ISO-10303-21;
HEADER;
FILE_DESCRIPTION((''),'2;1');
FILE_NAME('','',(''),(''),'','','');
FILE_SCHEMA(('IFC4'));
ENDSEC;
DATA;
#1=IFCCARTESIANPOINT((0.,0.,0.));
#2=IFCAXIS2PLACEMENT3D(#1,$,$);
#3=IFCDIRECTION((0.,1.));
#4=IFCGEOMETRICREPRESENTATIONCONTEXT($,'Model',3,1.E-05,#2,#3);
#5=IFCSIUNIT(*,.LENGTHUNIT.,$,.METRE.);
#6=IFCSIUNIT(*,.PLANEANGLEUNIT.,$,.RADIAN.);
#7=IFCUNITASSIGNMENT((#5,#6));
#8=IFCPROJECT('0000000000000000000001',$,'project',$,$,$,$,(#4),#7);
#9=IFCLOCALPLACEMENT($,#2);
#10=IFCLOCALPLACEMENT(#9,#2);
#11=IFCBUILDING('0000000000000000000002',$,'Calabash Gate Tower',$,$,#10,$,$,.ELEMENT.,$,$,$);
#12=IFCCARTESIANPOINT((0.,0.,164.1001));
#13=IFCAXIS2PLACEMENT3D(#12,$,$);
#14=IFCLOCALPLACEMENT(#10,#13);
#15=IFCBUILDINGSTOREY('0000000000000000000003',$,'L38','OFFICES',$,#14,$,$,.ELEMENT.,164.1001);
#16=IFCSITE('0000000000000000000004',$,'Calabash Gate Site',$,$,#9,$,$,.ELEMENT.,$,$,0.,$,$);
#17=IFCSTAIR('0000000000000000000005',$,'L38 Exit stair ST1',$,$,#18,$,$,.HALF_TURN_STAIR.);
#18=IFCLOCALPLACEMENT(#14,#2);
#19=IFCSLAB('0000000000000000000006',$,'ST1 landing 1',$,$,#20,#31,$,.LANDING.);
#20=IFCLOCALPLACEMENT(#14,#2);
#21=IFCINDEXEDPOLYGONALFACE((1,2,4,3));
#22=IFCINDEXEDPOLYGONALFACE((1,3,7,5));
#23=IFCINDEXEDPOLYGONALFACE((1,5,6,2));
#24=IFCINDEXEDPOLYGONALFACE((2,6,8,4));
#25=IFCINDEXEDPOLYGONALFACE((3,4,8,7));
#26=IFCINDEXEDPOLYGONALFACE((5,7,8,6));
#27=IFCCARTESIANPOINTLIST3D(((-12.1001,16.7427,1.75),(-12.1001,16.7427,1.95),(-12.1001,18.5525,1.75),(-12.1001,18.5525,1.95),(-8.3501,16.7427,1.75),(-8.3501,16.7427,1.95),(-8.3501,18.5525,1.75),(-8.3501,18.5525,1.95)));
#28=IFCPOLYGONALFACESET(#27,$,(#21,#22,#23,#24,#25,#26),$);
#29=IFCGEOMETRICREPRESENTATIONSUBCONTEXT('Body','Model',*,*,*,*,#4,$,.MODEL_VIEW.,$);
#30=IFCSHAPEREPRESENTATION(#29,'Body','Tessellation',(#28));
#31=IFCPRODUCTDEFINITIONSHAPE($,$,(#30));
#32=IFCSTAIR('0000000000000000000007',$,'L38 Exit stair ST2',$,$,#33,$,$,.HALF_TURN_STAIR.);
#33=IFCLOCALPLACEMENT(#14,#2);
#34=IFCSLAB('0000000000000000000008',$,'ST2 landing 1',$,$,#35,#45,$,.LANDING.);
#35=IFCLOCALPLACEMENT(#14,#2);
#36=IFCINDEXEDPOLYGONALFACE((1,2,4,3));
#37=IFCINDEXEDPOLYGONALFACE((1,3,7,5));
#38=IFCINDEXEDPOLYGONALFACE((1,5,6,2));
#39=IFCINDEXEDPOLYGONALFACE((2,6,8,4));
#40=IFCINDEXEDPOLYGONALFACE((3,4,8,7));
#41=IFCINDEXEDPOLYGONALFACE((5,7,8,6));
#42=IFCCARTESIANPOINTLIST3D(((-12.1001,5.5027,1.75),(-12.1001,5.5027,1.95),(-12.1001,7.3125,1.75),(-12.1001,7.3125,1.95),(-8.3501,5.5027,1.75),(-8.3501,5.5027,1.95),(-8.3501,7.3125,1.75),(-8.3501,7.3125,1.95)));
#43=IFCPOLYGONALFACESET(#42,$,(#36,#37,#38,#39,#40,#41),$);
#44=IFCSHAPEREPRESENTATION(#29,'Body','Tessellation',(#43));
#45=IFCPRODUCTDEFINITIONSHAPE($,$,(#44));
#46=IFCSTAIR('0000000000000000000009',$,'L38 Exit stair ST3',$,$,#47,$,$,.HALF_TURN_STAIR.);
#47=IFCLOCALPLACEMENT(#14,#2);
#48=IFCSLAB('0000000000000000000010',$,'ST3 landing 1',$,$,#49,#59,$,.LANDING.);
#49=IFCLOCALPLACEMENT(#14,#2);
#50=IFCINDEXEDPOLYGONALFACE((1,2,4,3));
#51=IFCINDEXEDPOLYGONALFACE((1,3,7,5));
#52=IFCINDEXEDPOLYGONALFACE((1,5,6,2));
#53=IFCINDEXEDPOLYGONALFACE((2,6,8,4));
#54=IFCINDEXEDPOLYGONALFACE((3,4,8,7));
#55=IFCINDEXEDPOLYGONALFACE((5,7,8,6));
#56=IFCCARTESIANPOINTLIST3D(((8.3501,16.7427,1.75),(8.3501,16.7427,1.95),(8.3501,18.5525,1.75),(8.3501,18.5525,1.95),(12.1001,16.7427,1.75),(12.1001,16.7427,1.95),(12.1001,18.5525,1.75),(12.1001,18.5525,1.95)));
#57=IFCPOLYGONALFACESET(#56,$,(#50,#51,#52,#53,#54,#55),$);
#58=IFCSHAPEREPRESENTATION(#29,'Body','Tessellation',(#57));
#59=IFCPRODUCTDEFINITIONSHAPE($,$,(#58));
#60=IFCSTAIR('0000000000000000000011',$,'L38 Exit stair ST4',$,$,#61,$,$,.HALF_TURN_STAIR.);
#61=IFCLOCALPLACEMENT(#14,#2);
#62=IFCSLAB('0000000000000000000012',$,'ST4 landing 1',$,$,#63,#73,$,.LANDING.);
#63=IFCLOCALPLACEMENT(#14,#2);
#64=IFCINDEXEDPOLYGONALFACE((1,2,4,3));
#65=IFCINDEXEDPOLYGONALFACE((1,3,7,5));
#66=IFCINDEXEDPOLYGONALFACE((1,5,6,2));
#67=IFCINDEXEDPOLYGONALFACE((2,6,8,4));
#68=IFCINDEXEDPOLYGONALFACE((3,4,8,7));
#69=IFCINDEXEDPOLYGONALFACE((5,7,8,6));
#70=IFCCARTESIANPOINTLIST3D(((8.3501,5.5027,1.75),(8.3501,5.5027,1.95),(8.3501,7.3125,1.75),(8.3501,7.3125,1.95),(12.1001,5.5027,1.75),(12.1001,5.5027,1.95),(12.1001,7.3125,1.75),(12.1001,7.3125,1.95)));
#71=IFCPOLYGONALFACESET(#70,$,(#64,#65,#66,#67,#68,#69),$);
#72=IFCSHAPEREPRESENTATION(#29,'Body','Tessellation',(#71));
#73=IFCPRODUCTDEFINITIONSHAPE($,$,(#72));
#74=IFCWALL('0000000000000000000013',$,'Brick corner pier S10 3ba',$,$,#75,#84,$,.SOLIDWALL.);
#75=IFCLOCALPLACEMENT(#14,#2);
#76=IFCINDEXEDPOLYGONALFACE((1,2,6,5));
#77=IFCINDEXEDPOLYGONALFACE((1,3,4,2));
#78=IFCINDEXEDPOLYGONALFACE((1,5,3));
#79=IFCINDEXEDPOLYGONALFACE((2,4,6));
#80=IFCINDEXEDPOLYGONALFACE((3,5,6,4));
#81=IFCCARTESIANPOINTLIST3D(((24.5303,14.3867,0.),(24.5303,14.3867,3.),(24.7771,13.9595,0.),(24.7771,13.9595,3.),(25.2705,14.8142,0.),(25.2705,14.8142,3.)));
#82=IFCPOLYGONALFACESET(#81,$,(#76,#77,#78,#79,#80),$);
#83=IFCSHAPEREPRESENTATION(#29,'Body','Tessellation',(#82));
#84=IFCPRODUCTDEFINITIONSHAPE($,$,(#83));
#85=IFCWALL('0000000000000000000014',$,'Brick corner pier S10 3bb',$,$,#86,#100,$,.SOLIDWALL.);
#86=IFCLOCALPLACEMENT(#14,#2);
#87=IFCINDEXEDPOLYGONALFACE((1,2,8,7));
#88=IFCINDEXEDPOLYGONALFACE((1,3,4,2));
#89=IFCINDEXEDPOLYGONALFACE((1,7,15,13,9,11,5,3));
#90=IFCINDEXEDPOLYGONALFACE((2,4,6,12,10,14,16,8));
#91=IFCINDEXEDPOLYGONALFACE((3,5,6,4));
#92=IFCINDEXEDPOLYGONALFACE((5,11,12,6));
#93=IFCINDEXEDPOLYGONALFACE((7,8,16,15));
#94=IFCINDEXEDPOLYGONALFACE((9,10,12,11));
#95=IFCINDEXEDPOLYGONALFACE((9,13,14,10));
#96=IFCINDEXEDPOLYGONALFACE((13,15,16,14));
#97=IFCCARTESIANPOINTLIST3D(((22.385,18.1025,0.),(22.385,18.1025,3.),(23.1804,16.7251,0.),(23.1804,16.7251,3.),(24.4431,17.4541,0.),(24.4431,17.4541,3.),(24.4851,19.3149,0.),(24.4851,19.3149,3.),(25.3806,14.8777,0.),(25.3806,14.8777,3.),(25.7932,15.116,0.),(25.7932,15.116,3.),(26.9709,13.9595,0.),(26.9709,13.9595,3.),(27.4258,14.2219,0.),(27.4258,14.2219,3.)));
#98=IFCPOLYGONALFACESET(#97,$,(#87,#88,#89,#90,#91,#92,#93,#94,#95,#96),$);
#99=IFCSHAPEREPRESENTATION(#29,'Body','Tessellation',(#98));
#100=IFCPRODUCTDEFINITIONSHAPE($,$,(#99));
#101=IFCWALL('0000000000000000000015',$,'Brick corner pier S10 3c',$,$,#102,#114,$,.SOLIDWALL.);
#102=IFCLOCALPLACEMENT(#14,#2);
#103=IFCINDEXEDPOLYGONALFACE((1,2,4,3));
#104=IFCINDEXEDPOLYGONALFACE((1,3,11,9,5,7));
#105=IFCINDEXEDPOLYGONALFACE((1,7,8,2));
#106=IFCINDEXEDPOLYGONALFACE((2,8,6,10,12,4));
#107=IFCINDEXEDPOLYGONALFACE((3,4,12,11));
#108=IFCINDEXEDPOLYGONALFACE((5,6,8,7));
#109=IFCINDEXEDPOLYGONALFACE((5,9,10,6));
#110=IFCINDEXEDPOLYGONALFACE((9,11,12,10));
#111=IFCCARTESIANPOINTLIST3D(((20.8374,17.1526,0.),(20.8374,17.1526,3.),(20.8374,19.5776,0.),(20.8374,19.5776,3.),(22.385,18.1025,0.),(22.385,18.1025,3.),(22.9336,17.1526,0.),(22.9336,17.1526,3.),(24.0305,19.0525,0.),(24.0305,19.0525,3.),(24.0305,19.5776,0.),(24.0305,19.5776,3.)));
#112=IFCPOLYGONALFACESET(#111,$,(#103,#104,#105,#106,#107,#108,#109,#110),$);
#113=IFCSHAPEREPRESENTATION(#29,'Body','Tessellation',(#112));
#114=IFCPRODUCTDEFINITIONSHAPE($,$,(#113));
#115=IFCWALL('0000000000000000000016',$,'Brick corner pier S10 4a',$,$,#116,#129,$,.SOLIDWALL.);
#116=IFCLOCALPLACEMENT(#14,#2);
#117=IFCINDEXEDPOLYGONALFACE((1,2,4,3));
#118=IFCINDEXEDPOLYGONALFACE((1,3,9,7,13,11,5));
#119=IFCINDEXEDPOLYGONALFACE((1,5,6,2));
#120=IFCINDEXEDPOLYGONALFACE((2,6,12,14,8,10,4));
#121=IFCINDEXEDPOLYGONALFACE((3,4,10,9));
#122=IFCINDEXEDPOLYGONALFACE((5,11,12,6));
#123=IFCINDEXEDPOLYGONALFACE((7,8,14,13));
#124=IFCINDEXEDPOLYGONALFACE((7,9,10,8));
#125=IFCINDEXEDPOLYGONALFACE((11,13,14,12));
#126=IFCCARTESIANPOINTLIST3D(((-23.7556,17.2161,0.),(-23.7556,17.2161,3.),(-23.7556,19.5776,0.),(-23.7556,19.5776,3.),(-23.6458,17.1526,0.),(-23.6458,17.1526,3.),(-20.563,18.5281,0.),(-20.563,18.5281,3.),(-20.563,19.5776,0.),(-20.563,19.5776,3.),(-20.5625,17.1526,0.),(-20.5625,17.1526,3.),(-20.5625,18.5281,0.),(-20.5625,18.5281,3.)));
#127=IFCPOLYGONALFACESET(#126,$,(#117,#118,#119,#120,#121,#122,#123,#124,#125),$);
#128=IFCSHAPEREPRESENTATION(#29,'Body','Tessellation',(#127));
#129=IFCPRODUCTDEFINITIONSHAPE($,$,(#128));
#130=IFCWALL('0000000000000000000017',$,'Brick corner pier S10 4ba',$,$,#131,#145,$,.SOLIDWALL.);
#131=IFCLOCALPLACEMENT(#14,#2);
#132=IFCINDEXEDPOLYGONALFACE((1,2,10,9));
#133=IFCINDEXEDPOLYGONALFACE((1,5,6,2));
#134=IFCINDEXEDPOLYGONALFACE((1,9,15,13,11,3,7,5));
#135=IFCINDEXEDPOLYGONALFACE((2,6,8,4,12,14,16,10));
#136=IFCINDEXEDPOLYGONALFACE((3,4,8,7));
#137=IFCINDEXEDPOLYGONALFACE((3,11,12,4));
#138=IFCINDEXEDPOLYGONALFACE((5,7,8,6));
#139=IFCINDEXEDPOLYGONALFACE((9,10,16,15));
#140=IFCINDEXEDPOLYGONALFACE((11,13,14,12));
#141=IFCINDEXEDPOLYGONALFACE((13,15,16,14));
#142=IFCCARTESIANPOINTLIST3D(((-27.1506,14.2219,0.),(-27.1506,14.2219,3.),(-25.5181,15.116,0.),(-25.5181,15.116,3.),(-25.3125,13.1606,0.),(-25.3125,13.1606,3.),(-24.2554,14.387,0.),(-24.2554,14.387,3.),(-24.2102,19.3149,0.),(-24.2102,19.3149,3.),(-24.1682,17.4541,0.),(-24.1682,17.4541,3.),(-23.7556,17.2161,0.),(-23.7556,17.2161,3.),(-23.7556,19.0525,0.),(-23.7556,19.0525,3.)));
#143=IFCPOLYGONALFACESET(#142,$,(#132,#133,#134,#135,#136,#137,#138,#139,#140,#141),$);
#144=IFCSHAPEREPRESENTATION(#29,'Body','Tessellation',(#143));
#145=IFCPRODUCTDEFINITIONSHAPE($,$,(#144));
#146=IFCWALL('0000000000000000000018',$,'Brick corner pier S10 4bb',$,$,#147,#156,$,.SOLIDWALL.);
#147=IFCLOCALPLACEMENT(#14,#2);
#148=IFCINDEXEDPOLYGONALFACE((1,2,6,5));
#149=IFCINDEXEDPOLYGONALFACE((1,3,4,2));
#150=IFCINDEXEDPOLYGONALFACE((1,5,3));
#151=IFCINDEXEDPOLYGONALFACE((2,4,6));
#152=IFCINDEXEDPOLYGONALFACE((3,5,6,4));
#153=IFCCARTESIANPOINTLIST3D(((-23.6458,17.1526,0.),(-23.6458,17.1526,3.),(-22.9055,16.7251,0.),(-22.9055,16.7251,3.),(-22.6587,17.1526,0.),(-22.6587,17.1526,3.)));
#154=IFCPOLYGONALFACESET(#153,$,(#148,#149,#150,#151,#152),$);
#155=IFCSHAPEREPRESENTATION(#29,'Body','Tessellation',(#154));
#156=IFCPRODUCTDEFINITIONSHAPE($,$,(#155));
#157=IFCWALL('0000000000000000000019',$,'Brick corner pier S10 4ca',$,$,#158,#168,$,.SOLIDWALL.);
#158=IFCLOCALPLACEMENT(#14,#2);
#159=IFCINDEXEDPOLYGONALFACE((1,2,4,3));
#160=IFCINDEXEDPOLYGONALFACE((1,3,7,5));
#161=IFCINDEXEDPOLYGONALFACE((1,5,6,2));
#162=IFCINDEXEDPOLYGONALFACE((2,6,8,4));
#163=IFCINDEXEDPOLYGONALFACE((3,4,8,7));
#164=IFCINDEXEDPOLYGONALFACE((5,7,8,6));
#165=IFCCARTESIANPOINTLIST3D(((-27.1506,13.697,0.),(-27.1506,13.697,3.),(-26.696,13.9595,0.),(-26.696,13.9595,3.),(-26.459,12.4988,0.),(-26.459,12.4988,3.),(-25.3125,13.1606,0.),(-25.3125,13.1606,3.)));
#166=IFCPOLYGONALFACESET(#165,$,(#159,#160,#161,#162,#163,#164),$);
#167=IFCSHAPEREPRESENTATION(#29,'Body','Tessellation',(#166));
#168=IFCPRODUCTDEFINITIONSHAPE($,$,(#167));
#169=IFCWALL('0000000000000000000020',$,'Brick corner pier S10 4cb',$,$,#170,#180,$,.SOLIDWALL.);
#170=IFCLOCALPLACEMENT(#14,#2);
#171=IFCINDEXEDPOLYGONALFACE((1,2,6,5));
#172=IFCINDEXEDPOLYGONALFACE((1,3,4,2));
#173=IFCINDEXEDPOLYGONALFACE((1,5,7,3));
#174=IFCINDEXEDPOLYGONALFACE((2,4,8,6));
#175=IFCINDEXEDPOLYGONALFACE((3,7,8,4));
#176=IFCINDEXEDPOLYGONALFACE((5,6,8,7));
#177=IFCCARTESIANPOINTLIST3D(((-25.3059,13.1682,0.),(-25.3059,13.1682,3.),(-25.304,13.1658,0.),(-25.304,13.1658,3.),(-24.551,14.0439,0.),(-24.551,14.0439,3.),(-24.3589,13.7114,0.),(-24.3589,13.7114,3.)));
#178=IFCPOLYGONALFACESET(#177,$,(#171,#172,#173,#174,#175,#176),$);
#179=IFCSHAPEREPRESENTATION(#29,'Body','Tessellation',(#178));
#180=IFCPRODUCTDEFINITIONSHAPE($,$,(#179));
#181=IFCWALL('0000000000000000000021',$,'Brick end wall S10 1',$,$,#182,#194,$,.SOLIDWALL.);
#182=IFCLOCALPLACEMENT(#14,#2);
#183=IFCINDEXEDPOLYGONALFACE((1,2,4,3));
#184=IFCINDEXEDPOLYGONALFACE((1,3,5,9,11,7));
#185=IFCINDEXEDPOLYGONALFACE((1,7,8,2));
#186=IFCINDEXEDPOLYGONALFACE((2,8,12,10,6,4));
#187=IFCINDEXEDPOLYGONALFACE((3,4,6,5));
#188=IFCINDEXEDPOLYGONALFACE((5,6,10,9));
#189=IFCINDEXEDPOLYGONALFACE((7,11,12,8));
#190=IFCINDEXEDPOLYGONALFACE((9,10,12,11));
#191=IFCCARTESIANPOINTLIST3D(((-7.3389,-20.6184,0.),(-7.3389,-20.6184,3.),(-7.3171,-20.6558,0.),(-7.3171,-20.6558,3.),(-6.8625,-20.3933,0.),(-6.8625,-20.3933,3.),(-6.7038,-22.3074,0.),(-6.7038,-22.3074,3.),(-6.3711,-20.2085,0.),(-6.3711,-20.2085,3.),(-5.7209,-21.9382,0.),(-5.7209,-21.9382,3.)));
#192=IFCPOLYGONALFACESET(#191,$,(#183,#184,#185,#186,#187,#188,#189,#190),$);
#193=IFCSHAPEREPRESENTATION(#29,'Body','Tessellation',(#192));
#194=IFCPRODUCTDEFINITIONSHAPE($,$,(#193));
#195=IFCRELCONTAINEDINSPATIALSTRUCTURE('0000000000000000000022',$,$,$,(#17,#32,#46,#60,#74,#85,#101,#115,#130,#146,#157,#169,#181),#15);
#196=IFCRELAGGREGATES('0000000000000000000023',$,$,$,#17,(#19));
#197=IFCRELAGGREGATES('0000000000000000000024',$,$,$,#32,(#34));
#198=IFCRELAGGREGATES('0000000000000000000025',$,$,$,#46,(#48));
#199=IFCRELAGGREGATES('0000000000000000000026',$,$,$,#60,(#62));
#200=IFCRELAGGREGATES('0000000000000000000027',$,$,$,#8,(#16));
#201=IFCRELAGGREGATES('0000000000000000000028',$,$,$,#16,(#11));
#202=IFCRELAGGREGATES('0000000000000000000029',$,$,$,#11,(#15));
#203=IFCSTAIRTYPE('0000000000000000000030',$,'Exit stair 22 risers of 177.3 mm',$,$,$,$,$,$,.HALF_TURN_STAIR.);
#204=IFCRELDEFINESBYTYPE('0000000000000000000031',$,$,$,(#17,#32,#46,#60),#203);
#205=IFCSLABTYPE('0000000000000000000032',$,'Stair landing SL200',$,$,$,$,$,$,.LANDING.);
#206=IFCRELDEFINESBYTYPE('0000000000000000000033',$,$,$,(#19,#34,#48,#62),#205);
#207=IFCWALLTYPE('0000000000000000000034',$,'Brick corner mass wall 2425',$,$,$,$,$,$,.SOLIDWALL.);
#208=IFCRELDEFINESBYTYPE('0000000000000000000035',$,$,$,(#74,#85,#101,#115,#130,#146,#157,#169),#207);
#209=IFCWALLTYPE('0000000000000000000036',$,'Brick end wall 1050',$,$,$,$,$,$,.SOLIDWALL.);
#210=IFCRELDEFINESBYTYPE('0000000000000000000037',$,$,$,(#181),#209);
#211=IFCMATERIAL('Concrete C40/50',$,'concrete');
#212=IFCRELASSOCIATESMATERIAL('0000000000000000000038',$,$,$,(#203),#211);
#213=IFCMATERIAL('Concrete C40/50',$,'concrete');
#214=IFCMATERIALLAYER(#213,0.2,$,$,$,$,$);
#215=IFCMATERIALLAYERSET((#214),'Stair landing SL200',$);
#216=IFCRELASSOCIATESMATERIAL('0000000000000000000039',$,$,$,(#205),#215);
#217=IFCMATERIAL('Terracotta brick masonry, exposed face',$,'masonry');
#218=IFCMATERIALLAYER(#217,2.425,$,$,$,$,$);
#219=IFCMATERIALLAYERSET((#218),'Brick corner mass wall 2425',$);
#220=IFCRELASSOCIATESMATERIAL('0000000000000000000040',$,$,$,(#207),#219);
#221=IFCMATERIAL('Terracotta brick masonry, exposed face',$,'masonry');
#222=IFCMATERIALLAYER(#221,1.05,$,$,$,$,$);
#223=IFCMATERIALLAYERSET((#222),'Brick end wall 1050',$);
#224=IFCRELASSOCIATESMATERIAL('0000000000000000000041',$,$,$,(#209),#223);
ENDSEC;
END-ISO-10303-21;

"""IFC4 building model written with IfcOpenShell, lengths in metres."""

from ifc_helpers import new_model, si_unit, direction, frame, origin, place, context, subcontext, project, spatial, polyline, outline, extrude, material, layer, layer_set, type_object, element, aggregate, save


model = new_model("IFC4")

# Units and contexts
model_context = context("Model", 3, precision=1e-05, world=origin(), true_north=direction((0.0, 1.0)))
body_context = subcontext(model_context, "Body", "Model", "MODEL_VIEW")
ifc_project = project(units=[si_unit("LENGTHUNIT", "METRE"), si_unit("PLANEANGLEUNIT", "RADIAN")], contexts=[model_context])

# Site, building, storey
site_placement = place(None, origin())
site = spatial("IfcSite", under=ifc_project, at=site_placement, Name="Calabash Gate Site", CompositionType="ELEMENT", RefElevation=0.0)
building_placement = place(site_placement, origin())
building = spatial("IfcBuilding", under=site, at=building_placement, Name="Calabash Gate Tower", CompositionType="ELEMENT")
storey_placement = place(building_placement, frame((0.0, 0.0, 164.1001)))
storey = spatial("IfcBuildingStorey", under=building, at=storey_placement, Name="L38", Description="OFFICES", CompositionType="ELEMENT", Elevation=164.1001)

# Stairs, slabs
ifc_material_1 = material(Name="Concrete C40/50", Category="concrete")
stair_type = type_object("IfcStairType", Name="Exit stair 22 risers of 177.3 mm", PredefinedType="HALF_TURN_STAIR", material=ifc_material_1)
stair_1_placement = place(storey_placement, origin())
stair_1 = element("IfcStair", 1, at=stair_1_placement, inside=storey, type_object=stair_type, Name="L38 Exit stair ST1", PredefinedType="HALF_TURN_STAIR")
ifc_material_2 = material(Name="Concrete C40/50", Category="concrete")
ifc_layer_1 = layer(ifc_material_2, 0.2)
ifc_layer_set_1 = layer_set([ifc_layer_1], Name="Stair landing SL200")
slab_type = type_object("IfcSlabType", Name="Stair landing SL200", PredefinedType="LANDING", material=ifc_layer_set_1)
slab_1_placement = place(storey_placement, frame((0.0, 0.0, 1.75)))
slab_1 = element("IfcSlab", 2, at=slab_1_placement, type_object=slab_type, Name="ST1 landing 1", PredefinedType="LANDING", context=body_context, shape_type="SweptSolid", body=[
    extrude(outline(polyline([(-8.3501, 16.7427), (-8.3501, 18.5525), (-12.1001, 18.5525), (-12.1001, 16.7427), (-8.3501, 16.7427)])), origin(), (0.0, 0.0, 1.0), 0.2),
])
aggregate(stair_1, [slab_1])
stair_2_placement = place(storey_placement, origin())
stair_2 = element("IfcStair", 3, at=stair_2_placement, inside=storey, type_object=stair_type, Name="L38 Exit stair ST2", PredefinedType="HALF_TURN_STAIR")
slab_2_placement = place(storey_placement, frame((0.0, 0.0, 1.75)))
slab_2 = element("IfcSlab", 4, at=slab_2_placement, type_object=slab_type, Name="ST2 landing 1", PredefinedType="LANDING", context=body_context, shape_type="SweptSolid", body=[
    extrude(outline(polyline([(-12.1001, 7.3125), (-12.1001, 5.5027), (-8.3501, 5.5027), (-8.3501, 7.3125), (-12.1001, 7.3125)])), origin(), (0.0, 0.0, 1.0), 0.2),
])
aggregate(stair_2, [slab_2])
stair_3_placement = place(storey_placement, origin())
stair_3 = element("IfcStair", 5, at=stair_3_placement, inside=storey, type_object=stair_type, Name="L38 Exit stair ST3", PredefinedType="HALF_TURN_STAIR")
slab_3_placement = place(storey_placement, frame((0.0, 0.0, 1.75)))
slab_3 = element("IfcSlab", 6, at=slab_3_placement, type_object=slab_type, Name="ST3 landing 1", PredefinedType="LANDING", context=body_context, shape_type="SweptSolid", body=[
    extrude(outline(polyline([(12.1001, 16.7427), (12.1001, 18.5525), (8.3501, 18.5525), (8.3501, 16.7427), (12.1001, 16.7427)])), origin(), (0.0, 0.0, 1.0), 0.2),
])
aggregate(stair_3, [slab_3])
stair_4_placement = place(storey_placement, origin())
stair_4 = element("IfcStair", 7, at=stair_4_placement, inside=storey, type_object=stair_type, Name="L38 Exit stair ST4", PredefinedType="HALF_TURN_STAIR")
slab_4_placement = place(storey_placement, frame((0.0, 0.0, 1.75)))
slab_4 = element("IfcSlab", 8, at=slab_4_placement, type_object=slab_type, Name="ST4 landing 1", PredefinedType="LANDING", context=body_context, shape_type="SweptSolid", body=[
    extrude(outline(polyline([(8.3501, 7.3125), (8.3501, 5.5027), (12.1001, 5.5027), (12.1001, 7.3125), (8.3501, 7.3125)])), origin(), (0.0, 0.0, 1.0), 0.2),
])
aggregate(stair_4, [slab_4])

# Walls
ifc_material_3 = material(Name="Terracotta brick masonry, exposed face", Category="masonry")
ifc_layer_2 = layer(ifc_material_3, 2.425)
ifc_layer_set_2 = layer_set([ifc_layer_2], Name="Brick corner mass wall 2425")
wall_type_1 = type_object("IfcWallType", Name="Brick corner mass wall 2425", PredefinedType="SOLIDWALL", material=ifc_layer_set_2)
wall_1_placement = place(storey_placement, origin())
element("IfcWall", 9, at=wall_1_placement, inside=storey, type_object=wall_type_1, Name="Brick corner pier S10 3ba", PredefinedType="SOLIDWALL", context=body_context, shape_type="SweptSolid", body=[
    extrude(outline(polyline([(24.5303, 14.3867), (24.7771, 13.9595), (25.2705, 14.8142), (24.5303, 14.3867)])), origin(), (0.0, 0.0, 1.0), 3.0),
])
wall_2_placement = place(storey_placement, origin())
element("IfcWall", 10, at=wall_2_placement, inside=storey, type_object=wall_type_1, Name="Brick corner pier S10 3bb", PredefinedType="SOLIDWALL", context=body_context, shape_type="SweptSolid", body=[
    extrude(outline(polyline([(23.1804, 16.7251), (24.4431, 17.4541), (25.7932, 15.116), (25.3806, 14.8777), (26.9709, 13.9595), (27.4258, 14.2219), (24.4851, 19.3149), (22.385, 18.1025), (23.1804, 16.7251)])), origin(), (0.0, 0.0, 1.0), 3.0),
])
wall_3_placement = place(storey_placement, origin())
element("IfcWall", 11, at=wall_3_placement, inside=storey, type_object=wall_type_1, Name="Brick corner pier S10 3c", PredefinedType="SOLIDWALL", context=body_context, shape_type="SweptSolid", body=[
    extrude(outline(polyline([(20.8374, 19.5776), (20.8374, 17.1526), (22.9336, 17.1526), (22.385, 18.1025), (24.0305, 19.0525), (24.0305, 19.5776), (20.8374, 19.5776)])), origin(), (0.0, 0.0, 1.0), 3.0),
])
wall_4_placement = place(storey_placement, origin())
element("IfcWall", 12, at=wall_4_placement, inside=storey, type_object=wall_type_1, Name="Brick corner pier S10 4a", PredefinedType="SOLIDWALL", context=body_context, shape_type="SweptSolid", body=[
    extrude(outline(polyline([(-23.6458, 17.1526), (-20.5625, 17.1526), (-20.5625, 18.5281), (-20.563, 18.5281), (-20.563, 19.5776), (-23.7556, 19.5776), (-23.7556, 17.2161), (-23.6458, 17.1526)])), origin(), (0.0, 0.0, 1.0), 3.0),
])
wall_5_placement = place(storey_placement, origin())
element("IfcWall", 13, at=wall_5_placement, inside=storey, type_object=wall_type_1, Name="Brick corner pier S10 4ba", PredefinedType="SOLIDWALL", context=body_context, shape_type="SweptSolid", body=[
    extrude(outline(polyline([(-24.2554, 14.387), (-25.5181, 15.116), (-24.1682, 17.4541), (-23.7556, 17.2161), (-23.7556, 19.0525), (-24.2102, 19.3149), (-27.1506, 14.2219), (-25.3125, 13.1606), (-24.2554, 14.387)])), origin(), (0.0, 0.0, 1.0), 3.0),
])
wall_6_placement = place(storey_placement, origin())
element("IfcWall", 14, at=wall_6_placement, inside=storey, type_object=wall_type_1, Name="Brick corner pier S10 4bb", PredefinedType="SOLIDWALL", context=body_context, shape_type="SweptSolid", body=[
    extrude(outline(polyline([(-22.6587, 17.1526), (-23.6458, 17.1526), (-22.9055, 16.7251), (-22.6587, 17.1526)])), origin(), (0.0, 0.0, 1.0), 3.0),
])
wall_7_placement = place(storey_placement, origin())
element("IfcWall", 15, at=wall_7_placement, inside=storey, type_object=wall_type_1, Name="Brick corner pier S10 4ca", PredefinedType="SOLIDWALL", context=body_context, shape_type="SweptSolid", body=[
    extrude(outline(polyline([(-26.696, 13.9595), (-27.1506, 13.697), (-26.459, 12.4988), (-25.3125, 13.1606), (-26.696, 13.9595)])), origin(), (0.0, 0.0, 1.0), 3.0),
])
wall_8_placement = place(storey_placement, origin())
element("IfcWall", 16, at=wall_8_placement, inside=storey, type_object=wall_type_1, Name="Brick corner pier S10 4cb", PredefinedType="SOLIDWALL", context=body_context, shape_type="SweptSolid", body=[
    extrude(outline(polyline([(-24.551, 14.0439), (-25.3059, 13.1682), (-25.304, 13.1658), (-24.3589, 13.7114), (-24.551, 14.0439)])), origin(), (0.0, 0.0, 1.0), 3.0),
])
ifc_material_4 = material(Name="Terracotta brick masonry, exposed face", Category="masonry")
ifc_layer_3 = layer(ifc_material_4, 1.05)
ifc_layer_set_3 = layer_set([ifc_layer_3], Name="Brick end wall 1050")
wall_type_2 = type_object("IfcWallType", Name="Brick end wall 1050", PredefinedType="SOLIDWALL", material=ifc_layer_set_3)
wall_9_placement = place(storey_placement, origin())
element("IfcWall", 17, at=wall_9_placement, inside=storey, type_object=wall_type_2, Name="Brick end wall S10 1", PredefinedType="SOLIDWALL", context=body_context, shape_type="SweptSolid", body=[
    extrude(outline(polyline([(-5.7209, -21.9382), (-6.3711, -20.2085), (-6.8625, -20.3933), (-7.3171, -20.6558), (-7.3389, -20.6184), (-6.7036, -22.3079), (-6.7036, -22.3079), (-6.7039, -22.3074), (-5.7209, -21.9382)])), origin(), (0.0, 0.0, 1.0), 3.0),
])

save(model, "model.ifc")
